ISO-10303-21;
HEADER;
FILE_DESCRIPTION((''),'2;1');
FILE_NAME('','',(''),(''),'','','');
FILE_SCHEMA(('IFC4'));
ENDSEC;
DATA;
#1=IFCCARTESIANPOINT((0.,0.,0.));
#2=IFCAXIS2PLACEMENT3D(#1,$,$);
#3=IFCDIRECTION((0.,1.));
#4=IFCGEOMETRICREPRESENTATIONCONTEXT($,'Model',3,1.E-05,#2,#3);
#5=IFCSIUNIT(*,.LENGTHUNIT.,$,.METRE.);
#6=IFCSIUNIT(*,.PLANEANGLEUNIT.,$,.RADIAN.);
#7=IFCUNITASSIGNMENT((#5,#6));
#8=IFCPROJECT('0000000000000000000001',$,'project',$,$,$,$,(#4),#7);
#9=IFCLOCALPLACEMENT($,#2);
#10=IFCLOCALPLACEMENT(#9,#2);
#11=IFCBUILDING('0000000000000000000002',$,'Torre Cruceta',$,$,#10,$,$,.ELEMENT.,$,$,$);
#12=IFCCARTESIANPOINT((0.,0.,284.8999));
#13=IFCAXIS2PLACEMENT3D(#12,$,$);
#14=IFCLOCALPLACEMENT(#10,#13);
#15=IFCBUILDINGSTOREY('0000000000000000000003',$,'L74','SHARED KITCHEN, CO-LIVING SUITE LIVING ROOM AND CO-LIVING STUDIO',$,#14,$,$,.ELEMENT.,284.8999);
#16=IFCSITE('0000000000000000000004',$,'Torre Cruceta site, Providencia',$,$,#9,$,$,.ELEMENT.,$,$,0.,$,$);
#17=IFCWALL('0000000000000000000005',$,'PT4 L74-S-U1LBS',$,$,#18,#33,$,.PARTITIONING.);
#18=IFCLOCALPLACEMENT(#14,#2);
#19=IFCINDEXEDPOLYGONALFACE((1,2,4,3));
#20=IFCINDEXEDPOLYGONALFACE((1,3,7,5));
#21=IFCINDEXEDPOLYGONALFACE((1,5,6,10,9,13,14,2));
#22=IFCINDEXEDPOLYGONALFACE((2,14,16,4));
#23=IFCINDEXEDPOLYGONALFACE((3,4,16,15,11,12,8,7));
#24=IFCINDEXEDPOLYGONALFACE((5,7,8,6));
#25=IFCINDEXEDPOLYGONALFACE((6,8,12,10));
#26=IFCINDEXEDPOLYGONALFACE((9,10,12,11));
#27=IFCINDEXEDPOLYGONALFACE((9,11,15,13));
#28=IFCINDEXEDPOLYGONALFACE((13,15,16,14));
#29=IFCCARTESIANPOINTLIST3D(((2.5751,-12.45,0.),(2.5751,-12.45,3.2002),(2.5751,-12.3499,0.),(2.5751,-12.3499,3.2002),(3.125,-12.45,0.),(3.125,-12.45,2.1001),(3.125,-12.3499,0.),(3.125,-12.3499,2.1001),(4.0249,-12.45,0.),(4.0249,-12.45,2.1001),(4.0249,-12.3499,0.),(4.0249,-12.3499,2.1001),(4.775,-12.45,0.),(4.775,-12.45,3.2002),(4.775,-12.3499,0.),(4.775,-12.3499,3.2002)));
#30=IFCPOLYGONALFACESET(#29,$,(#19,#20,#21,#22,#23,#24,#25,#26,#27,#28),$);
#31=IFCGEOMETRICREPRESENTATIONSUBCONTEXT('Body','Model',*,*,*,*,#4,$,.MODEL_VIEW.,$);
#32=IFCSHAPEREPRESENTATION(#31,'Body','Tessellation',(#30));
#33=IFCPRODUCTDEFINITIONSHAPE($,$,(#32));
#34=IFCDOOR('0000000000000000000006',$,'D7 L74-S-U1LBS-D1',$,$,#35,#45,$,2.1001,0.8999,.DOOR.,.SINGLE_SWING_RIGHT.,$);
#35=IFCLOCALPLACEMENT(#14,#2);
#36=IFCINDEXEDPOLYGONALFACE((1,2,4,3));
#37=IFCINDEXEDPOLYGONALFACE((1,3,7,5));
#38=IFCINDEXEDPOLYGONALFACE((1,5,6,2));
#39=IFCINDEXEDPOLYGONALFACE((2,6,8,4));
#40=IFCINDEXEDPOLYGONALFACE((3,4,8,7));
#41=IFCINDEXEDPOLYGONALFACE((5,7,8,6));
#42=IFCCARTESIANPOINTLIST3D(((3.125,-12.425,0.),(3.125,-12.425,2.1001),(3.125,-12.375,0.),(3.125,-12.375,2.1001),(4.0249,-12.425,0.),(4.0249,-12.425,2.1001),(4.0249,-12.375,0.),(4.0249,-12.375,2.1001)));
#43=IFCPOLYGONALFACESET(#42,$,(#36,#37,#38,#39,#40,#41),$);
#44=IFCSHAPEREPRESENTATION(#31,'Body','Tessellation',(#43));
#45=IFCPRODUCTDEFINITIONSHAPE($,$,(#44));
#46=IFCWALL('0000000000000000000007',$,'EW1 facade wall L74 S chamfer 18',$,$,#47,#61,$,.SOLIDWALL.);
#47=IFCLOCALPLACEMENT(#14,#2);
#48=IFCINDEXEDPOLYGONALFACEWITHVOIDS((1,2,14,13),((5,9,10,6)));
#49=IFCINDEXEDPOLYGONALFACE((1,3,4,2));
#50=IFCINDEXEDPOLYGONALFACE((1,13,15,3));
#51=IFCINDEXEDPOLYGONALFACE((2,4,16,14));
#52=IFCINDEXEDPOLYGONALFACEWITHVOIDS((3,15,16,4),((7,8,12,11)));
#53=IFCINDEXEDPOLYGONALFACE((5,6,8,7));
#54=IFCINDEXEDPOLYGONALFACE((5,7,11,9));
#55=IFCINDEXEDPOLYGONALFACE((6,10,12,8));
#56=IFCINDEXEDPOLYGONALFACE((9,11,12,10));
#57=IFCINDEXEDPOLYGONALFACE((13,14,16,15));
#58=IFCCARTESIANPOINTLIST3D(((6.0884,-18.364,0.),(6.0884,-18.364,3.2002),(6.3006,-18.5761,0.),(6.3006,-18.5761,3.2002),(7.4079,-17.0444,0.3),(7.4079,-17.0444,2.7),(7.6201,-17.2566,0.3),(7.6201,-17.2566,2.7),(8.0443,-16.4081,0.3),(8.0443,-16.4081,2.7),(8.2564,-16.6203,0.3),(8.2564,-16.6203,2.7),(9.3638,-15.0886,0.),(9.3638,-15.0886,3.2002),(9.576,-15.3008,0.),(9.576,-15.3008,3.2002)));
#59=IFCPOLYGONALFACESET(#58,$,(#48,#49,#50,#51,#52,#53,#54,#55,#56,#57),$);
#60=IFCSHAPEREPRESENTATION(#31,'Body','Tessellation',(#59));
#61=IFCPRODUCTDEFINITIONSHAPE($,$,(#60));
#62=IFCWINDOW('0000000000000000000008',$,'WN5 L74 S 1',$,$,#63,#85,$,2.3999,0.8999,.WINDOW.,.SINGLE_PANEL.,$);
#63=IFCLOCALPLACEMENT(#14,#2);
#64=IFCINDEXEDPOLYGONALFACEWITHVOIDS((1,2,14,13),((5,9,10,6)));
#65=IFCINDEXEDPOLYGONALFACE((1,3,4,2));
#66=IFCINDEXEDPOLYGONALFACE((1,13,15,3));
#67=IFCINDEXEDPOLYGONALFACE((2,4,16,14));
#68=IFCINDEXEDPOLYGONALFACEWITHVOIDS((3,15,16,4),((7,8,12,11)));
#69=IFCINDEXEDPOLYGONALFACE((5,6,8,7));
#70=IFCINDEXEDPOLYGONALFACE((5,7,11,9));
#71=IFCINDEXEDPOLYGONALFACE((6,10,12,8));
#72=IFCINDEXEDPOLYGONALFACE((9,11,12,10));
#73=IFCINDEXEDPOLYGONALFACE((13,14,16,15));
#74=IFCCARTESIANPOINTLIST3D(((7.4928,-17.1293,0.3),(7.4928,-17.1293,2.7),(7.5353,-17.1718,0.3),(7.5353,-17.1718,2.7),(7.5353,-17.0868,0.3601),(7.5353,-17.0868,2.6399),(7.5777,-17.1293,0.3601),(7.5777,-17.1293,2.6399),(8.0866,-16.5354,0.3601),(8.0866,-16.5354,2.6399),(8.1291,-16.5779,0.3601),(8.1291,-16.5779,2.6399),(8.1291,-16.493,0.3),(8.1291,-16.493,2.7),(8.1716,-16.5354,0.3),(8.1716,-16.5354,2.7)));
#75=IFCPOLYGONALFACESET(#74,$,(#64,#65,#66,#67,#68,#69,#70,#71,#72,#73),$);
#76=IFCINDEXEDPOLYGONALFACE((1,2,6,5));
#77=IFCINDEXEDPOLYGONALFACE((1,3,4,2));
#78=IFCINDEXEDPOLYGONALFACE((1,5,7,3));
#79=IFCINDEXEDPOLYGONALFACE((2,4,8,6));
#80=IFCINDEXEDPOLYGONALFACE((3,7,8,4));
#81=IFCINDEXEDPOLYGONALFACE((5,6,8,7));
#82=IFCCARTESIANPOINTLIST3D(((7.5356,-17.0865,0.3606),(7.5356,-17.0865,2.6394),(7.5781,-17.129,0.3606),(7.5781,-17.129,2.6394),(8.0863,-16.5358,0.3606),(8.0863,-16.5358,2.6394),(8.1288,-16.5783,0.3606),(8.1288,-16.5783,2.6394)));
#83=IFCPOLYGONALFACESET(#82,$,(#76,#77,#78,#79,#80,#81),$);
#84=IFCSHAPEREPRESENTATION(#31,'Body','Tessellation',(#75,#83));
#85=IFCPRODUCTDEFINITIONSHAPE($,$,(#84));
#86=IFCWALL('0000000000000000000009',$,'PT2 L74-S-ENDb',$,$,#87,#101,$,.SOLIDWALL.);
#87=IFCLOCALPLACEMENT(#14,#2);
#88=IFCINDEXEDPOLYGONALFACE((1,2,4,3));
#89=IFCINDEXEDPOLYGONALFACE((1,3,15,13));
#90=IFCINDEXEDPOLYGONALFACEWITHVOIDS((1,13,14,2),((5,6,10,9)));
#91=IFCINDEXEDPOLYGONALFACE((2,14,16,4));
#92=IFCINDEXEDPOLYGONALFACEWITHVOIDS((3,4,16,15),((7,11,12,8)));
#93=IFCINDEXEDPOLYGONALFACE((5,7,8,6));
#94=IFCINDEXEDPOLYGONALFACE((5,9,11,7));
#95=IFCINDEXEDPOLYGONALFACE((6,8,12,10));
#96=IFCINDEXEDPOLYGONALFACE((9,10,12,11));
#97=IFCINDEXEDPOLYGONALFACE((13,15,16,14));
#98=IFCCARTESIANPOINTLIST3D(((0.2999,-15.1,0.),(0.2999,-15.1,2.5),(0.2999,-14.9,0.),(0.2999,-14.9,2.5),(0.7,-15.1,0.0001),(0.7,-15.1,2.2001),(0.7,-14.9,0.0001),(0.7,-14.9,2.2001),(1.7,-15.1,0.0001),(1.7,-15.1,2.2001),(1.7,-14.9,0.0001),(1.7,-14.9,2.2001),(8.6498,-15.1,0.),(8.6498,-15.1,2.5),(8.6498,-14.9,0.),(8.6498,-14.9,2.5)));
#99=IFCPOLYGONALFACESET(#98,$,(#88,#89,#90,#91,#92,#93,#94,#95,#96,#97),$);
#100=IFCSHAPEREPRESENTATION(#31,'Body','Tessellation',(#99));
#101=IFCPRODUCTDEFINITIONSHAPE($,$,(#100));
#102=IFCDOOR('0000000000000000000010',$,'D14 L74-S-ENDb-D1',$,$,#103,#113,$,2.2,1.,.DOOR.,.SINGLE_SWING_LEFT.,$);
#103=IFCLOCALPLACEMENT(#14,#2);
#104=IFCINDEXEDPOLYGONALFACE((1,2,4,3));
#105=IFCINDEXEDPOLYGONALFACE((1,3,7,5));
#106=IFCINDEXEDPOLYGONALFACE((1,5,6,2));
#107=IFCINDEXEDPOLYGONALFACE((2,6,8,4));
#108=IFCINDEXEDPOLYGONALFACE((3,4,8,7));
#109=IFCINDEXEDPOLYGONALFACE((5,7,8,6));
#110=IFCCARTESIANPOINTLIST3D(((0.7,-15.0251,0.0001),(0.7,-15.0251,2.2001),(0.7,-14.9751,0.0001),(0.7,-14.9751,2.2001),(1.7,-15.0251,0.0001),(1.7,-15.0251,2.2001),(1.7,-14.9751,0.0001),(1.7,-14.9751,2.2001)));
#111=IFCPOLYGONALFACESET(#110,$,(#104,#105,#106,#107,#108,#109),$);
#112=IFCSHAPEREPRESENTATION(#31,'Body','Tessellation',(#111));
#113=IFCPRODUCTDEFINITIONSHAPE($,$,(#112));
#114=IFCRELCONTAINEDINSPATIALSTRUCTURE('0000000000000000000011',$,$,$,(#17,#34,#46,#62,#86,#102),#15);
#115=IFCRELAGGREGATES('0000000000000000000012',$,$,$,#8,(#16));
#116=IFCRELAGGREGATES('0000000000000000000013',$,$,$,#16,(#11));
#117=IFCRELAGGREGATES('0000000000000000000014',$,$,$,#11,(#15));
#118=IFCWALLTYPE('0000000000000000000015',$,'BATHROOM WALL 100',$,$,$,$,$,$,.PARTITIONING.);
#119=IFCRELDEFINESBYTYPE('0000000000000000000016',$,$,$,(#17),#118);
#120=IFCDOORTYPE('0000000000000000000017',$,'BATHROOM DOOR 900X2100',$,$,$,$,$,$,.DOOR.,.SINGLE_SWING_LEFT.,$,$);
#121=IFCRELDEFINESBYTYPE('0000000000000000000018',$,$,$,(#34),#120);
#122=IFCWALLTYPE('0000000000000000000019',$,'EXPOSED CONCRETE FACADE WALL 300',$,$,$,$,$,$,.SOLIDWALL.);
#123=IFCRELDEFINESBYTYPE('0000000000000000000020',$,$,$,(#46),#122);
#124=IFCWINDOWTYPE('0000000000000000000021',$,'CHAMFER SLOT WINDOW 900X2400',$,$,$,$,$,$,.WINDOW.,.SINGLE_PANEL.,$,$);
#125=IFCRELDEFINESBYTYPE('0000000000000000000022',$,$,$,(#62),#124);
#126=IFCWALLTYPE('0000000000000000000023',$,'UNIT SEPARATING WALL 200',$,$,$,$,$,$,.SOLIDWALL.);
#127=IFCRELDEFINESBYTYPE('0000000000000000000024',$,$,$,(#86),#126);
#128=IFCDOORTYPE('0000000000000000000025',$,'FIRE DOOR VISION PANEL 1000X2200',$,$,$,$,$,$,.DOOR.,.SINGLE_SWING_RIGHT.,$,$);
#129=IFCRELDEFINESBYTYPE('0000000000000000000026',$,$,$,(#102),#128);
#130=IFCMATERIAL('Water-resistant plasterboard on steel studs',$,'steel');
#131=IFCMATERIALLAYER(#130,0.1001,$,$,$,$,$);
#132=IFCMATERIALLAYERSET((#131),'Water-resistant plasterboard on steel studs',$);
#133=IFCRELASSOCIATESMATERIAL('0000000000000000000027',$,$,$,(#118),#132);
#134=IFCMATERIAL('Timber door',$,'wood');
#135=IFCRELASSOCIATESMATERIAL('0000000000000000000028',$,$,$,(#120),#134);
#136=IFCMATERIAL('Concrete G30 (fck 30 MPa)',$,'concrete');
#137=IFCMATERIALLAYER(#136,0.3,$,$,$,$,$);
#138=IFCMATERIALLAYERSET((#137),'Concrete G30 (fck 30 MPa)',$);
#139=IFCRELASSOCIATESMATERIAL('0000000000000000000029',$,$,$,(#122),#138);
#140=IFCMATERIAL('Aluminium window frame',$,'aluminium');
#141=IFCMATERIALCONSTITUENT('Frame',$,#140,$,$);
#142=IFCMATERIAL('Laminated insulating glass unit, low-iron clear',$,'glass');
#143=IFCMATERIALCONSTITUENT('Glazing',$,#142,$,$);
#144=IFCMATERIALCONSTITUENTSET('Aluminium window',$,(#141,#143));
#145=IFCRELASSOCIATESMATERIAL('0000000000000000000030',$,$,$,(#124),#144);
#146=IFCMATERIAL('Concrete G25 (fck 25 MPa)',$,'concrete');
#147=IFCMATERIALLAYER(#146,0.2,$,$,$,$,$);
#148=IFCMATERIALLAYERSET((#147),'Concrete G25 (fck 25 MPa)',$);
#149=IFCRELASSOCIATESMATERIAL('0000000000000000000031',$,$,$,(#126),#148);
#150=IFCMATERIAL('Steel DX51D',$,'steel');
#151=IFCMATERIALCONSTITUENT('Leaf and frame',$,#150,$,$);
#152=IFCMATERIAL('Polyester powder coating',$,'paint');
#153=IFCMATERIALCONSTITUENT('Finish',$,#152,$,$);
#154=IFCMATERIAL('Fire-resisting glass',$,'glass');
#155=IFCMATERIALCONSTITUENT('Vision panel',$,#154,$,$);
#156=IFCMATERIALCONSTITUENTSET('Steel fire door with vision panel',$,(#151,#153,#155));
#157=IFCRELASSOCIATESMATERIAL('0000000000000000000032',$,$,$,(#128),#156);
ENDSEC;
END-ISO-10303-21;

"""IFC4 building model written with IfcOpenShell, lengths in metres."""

from ifc_helpers import new_model, si_unit, direction, frame, frame_2d, origin, place, context, subcontext, project, spatial, rectangle, hollow_rectangle, extrude, material, layer, layer_set, constituent, constituent_set, type_object, element, fill, save


model = new_model("IFC4")

# Units and contexts
model_context = context("Model", 3, precision=1e-05, world=origin(), true_north=direction((0.0, 1.0)))
body_context = subcontext(model_context, "Body", "Model", "MODEL_VIEW")
ifc_project = project(units=[si_unit("LENGTHUNIT", "METRE"), si_unit("PLANEANGLEUNIT", "RADIAN")], contexts=[model_context])

# Site, building, storey
site_placement = place(None, origin())
site = spatial("IfcSite", under=ifc_project, at=site_placement, Name="Torre Cruceta site, Providencia", CompositionType="ELEMENT", RefElevation=0.0)
building_placement = place(site_placement, origin())
building = spatial("IfcBuilding", under=site, at=building_placement, Name="Torre Cruceta", CompositionType="ELEMENT")
storey_placement = place(building_placement, frame((0.0, 0.0, 284.8999)))
storey = spatial("IfcBuildingStorey", under=building, at=storey_placement, Name="L74", Description="SHARED KITCHEN, CO-LIVING SUITE LIVING ROOM AND CO-LIVING STUDIO", CompositionType="ELEMENT", Elevation=284.8999)

# Shared definitions
ifc_material_1 = material(Name="Water-resistant plasterboard on steel studs", Category="steel")
ifc_layer_1 = layer(ifc_material_1, 0.1001)
ifc_layer_set_1 = layer_set([ifc_layer_1], Name="Water-resistant plasterboard on steel studs")
wall_type_1 = type_object("IfcWallType", Name="BATHROOM WALL 100", PredefinedType="PARTITIONING", material=ifc_layer_set_1)

# Wall, opening, door
wall_1_placement = place(storey_placement, frame((2.575, -12.3999, 0.0), z_axis=(0.0, 0.0, 1.0), x_axis=(1.0, 0.0, 0.0)))
wall_1 = element("IfcWall", 1, at=wall_1_placement, inside=storey, type_object=wall_type_1, Name="PT4 L74-S-U1LBS", PredefinedType="PARTITIONING", context=body_context, shape_type="SweptSolid", body=[
    extrude(rectangle(XDim=2.2, YDim=0.1001, at=frame_2d((1.1001, 0.0))), origin(), (0.0, 0.0, 1.0), 3.2002),
])
opening_1_placement = place(wall_1_placement, frame((0.55, 0.0, 0.0)))
opening_1 = element("IfcOpeningElement", 2, at=opening_1_placement, cuts=wall_1, PredefinedType="OPENING", context=body_context, shape_type="SweptSolid", body=[
    extrude(rectangle(XDim=0.8999, YDim=2.1001, at=frame_2d((0.45, 1.05))), frame((0.0, 0.0601, 0.0), z_axis=(0.0, -1.0, 0.0), x_axis=(1.0, 0.0, 0.0)), (0.0, 0.0, 1.0), 0.1201),
])
ifc_material_2 = material(Name="Timber door", Category="wood")
door_type_1 = type_object("IfcDoorType", Name="BATHROOM DOOR 900X2100", OperationType="SINGLE_SWING_LEFT", PredefinedType="DOOR", material=ifc_material_2)
door_1_placement = place(opening_1_placement, frame((0.8999, 0.0, 0.0), z_axis=(0.0, 0.0, 1.0), x_axis=(-1.0, 0.0, 0.0)))
door_1 = element("IfcDoor", 3, at=door_1_placement, inside=storey, type_object=door_type_1, Name="D7 L74-S-U1LBS-D1", OperationType="SINGLE_SWING_RIGHT", OverallHeight=2.1001, OverallWidth=0.8999, PredefinedType="DOOR", context=body_context, shape_type="SweptSolid", body=[
    extrude(rectangle(XDim=0.8999, YDim=2.1001, at=frame_2d((0.45, 1.05))), frame((0.0, 0.0251, 0.0), z_axis=(0.0, -1.0, 0.0), x_axis=(1.0, 0.0, 0.0)), (0.0, 0.0, 1.0), 0.05),
])
fill(opening_1, door_1)

# Wall, opening, window
ifc_material_3 = material(Name="Concrete G30 (fck 30 MPa)", Category="concrete")
ifc_layer_2 = layer(ifc_material_3, 0.3)
ifc_layer_set_2 = layer_set([ifc_layer_2], Name="Concrete G30 (fck 30 MPa)")
wall_type_2 = type_object("IfcWallType", Name="EXPOSED CONCRETE FACADE WALL 300", PredefinedType="SOLIDWALL", material=ifc_layer_set_2)
wall_2_placement = place(storey_placement, frame((6.1946, -18.47, 0.0), z_axis=(0.0, 0.0, 1.0), x_axis=(0.707107, 0.707107, 0.0)))
wall_2 = element("IfcWall", 4, at=wall_2_placement, inside=storey, type_object=wall_type_2, Name="EW1 facade wall L74 S chamfer 18", PredefinedType="SOLIDWALL", context=body_context, shape_type="SweptSolid", body=[
    extrude(rectangle(XDim=4.6321, YDim=0.3, at=frame_2d((2.3159, 0.0))), origin(), (0.0, 0.0, 1.0), 3.2002),
])
opening_2_placement = place(wall_2_placement, frame((1.866, 0.0, 0.3)))
opening_2 = element("IfcOpeningElement", 5, at=opening_2_placement, cuts=wall_2, PredefinedType="OPENING", context=body_context, shape_type="SweptSolid", body=[
    extrude(rectangle(XDim=0.8999, YDim=2.3999, at=frame_2d((0.45, 1.2))), frame((0.0, 0.1599, 0.0), z_axis=(0.0, -1.0, 0.0), x_axis=(1.0, 0.0, 0.0)), (0.0, 0.0, 1.0), 0.3201),
])
ifc_material_4 = material(Name="Aluminium window frame", Category="aluminium")
ifc_constituent_1 = constituent(ifc_material_4, Name="Frame")
ifc_material_5 = material(Name="Laminated insulating glass unit, low-iron clear", Category="glass")
ifc_constituent_2 = constituent(ifc_material_5, Name="Glazing")
ifc_constituent_set_1 = constituent_set(constituents=[ifc_constituent_1, ifc_constituent_2], Name="Aluminium window")
window_type = type_object("IfcWindowType", Name="CHAMFER SLOT WINDOW 900X2400", PartitioningType="SINGLE_PANEL", PredefinedType="WINDOW", material=ifc_constituent_set_1)
window_placement = place(opening_2_placement, origin())
window = element("IfcWindow", 6, at=window_placement, inside=storey, type_object=window_type, Name="WN5 L74 S 1", OverallHeight=2.3999, OverallWidth=0.8999, PartitioningType="SINGLE_PANEL", PredefinedType="WINDOW", context=body_context, shape_type="SweptSolid", body=[
    extrude(hollow_rectangle(XDim=0.8999, YDim=2.3999, WallThickness=0.0601, at=frame_2d((0.45, 1.2))), frame((0.0, 0.03, 0.0), z_axis=(0.0, -1.0, 0.0), x_axis=(1.0, 0.0, 0.0)), (0.0, 0.0, 1.0), 0.0601),
    extrude(rectangle(XDim=0.7788, YDim=2.2788, at=frame_2d((0.45, 1.2))), frame((0.0, 0.03, 0.0), z_axis=(0.0, -1.0, 0.0), x_axis=(1.0, 0.0, 0.0)), (0.0, 0.0, 1.0), 0.0601),
])
fill(opening_2, window)

# Wall, opening, door
ifc_material_6 = material(Name="Concrete G25 (fck 25 MPa)", Category="concrete")
ifc_layer_3 = layer(ifc_material_6, 0.2)
ifc_layer_set_3 = layer_set([ifc_layer_3], Name="Concrete G25 (fck 25 MPa)")
wall_type_3 = type_object("IfcWallType", Name="UNIT SEPARATING WALL 200", PredefinedType="SOLIDWALL", material=ifc_layer_set_3)
wall_3_placement = place(storey_placement, frame((0.3, -15.0, 0.0), z_axis=(0.0, 0.0, 1.0), x_axis=(1.0, 0.0, 0.0)))
wall_3 = element("IfcWall", 7, at=wall_3_placement, inside=storey, type_object=wall_type_3, Name="PT2 L74-S-ENDb", PredefinedType="SOLIDWALL", context=body_context, shape_type="SweptSolid", body=[
    extrude(rectangle(XDim=8.3499, YDim=0.2, at=frame_2d((4.1748, 0.0))), origin(), (0.0, 0.0, 1.0), 2.5),
])
opening_3_placement = place(wall_3_placement, frame((0.3999, 0.0, 0.0)))
opening_3 = element("IfcOpeningElement", 8, at=opening_3_placement, cuts=wall_3, PredefinedType="OPENING", context=body_context, shape_type="SweptSolid", body=[
    extrude(rectangle(XDim=1.0, YDim=2.2, at=frame_2d((0.5, 1.1001))), frame((0.0, 0.1099, 0.0), z_axis=(0.0, -1.0, 0.0), x_axis=(1.0, 0.0, 0.0)), (0.0, 0.0, 1.0), 0.22),
])
ifc_material_7 = material(Name="Steel DX51D", Category="steel")
ifc_constituent_3 = constituent(ifc_material_7, Name="Leaf and frame")
ifc_material_8 = material(Name="Polyester powder coating", Category="paint")
ifc_constituent_4 = constituent(ifc_material_8, Name="Finish")
ifc_material_9 = material(Name="Fire-resisting glass", Category="glass")
ifc_constituent_5 = constituent(ifc_material_9, Name="Vision panel")
ifc_constituent_set_2 = constituent_set(constituents=[ifc_constituent_3, ifc_constituent_4, ifc_constituent_5], Name="Steel fire door with vision panel")
door_type_2 = type_object("IfcDoorType", Name="FIRE DOOR VISION PANEL 1000X2200", OperationType="SINGLE_SWING_RIGHT", PredefinedType="DOOR", material=ifc_constituent_set_2)
door_2_placement = place(opening_3_placement, frame((1.0, 0.0, 0.0), z_axis=(0.0, 0.0, 1.0), x_axis=(-1.0, 0.0, 0.0)))
door_2 = element("IfcDoor", 9, at=door_2_placement, inside=storey, type_object=door_type_2, Name="D14 L74-S-ENDb-D1", OperationType="SINGLE_SWING_LEFT", OverallHeight=2.2, OverallWidth=1.0, PredefinedType="DOOR", context=body_context, shape_type="SweptSolid", body=[
    extrude(rectangle(XDim=1.0, YDim=2.2, at=frame_2d((0.5, 1.1001))), frame((0.0, 0.0251, 0.0), z_axis=(0.0, -1.0, 0.0), x_axis=(1.0, 0.0, 0.0)), (0.0, 0.0, 1.0), 0.05),
])
fill(opening_3, door_2)

save(model, "model.ifc")
